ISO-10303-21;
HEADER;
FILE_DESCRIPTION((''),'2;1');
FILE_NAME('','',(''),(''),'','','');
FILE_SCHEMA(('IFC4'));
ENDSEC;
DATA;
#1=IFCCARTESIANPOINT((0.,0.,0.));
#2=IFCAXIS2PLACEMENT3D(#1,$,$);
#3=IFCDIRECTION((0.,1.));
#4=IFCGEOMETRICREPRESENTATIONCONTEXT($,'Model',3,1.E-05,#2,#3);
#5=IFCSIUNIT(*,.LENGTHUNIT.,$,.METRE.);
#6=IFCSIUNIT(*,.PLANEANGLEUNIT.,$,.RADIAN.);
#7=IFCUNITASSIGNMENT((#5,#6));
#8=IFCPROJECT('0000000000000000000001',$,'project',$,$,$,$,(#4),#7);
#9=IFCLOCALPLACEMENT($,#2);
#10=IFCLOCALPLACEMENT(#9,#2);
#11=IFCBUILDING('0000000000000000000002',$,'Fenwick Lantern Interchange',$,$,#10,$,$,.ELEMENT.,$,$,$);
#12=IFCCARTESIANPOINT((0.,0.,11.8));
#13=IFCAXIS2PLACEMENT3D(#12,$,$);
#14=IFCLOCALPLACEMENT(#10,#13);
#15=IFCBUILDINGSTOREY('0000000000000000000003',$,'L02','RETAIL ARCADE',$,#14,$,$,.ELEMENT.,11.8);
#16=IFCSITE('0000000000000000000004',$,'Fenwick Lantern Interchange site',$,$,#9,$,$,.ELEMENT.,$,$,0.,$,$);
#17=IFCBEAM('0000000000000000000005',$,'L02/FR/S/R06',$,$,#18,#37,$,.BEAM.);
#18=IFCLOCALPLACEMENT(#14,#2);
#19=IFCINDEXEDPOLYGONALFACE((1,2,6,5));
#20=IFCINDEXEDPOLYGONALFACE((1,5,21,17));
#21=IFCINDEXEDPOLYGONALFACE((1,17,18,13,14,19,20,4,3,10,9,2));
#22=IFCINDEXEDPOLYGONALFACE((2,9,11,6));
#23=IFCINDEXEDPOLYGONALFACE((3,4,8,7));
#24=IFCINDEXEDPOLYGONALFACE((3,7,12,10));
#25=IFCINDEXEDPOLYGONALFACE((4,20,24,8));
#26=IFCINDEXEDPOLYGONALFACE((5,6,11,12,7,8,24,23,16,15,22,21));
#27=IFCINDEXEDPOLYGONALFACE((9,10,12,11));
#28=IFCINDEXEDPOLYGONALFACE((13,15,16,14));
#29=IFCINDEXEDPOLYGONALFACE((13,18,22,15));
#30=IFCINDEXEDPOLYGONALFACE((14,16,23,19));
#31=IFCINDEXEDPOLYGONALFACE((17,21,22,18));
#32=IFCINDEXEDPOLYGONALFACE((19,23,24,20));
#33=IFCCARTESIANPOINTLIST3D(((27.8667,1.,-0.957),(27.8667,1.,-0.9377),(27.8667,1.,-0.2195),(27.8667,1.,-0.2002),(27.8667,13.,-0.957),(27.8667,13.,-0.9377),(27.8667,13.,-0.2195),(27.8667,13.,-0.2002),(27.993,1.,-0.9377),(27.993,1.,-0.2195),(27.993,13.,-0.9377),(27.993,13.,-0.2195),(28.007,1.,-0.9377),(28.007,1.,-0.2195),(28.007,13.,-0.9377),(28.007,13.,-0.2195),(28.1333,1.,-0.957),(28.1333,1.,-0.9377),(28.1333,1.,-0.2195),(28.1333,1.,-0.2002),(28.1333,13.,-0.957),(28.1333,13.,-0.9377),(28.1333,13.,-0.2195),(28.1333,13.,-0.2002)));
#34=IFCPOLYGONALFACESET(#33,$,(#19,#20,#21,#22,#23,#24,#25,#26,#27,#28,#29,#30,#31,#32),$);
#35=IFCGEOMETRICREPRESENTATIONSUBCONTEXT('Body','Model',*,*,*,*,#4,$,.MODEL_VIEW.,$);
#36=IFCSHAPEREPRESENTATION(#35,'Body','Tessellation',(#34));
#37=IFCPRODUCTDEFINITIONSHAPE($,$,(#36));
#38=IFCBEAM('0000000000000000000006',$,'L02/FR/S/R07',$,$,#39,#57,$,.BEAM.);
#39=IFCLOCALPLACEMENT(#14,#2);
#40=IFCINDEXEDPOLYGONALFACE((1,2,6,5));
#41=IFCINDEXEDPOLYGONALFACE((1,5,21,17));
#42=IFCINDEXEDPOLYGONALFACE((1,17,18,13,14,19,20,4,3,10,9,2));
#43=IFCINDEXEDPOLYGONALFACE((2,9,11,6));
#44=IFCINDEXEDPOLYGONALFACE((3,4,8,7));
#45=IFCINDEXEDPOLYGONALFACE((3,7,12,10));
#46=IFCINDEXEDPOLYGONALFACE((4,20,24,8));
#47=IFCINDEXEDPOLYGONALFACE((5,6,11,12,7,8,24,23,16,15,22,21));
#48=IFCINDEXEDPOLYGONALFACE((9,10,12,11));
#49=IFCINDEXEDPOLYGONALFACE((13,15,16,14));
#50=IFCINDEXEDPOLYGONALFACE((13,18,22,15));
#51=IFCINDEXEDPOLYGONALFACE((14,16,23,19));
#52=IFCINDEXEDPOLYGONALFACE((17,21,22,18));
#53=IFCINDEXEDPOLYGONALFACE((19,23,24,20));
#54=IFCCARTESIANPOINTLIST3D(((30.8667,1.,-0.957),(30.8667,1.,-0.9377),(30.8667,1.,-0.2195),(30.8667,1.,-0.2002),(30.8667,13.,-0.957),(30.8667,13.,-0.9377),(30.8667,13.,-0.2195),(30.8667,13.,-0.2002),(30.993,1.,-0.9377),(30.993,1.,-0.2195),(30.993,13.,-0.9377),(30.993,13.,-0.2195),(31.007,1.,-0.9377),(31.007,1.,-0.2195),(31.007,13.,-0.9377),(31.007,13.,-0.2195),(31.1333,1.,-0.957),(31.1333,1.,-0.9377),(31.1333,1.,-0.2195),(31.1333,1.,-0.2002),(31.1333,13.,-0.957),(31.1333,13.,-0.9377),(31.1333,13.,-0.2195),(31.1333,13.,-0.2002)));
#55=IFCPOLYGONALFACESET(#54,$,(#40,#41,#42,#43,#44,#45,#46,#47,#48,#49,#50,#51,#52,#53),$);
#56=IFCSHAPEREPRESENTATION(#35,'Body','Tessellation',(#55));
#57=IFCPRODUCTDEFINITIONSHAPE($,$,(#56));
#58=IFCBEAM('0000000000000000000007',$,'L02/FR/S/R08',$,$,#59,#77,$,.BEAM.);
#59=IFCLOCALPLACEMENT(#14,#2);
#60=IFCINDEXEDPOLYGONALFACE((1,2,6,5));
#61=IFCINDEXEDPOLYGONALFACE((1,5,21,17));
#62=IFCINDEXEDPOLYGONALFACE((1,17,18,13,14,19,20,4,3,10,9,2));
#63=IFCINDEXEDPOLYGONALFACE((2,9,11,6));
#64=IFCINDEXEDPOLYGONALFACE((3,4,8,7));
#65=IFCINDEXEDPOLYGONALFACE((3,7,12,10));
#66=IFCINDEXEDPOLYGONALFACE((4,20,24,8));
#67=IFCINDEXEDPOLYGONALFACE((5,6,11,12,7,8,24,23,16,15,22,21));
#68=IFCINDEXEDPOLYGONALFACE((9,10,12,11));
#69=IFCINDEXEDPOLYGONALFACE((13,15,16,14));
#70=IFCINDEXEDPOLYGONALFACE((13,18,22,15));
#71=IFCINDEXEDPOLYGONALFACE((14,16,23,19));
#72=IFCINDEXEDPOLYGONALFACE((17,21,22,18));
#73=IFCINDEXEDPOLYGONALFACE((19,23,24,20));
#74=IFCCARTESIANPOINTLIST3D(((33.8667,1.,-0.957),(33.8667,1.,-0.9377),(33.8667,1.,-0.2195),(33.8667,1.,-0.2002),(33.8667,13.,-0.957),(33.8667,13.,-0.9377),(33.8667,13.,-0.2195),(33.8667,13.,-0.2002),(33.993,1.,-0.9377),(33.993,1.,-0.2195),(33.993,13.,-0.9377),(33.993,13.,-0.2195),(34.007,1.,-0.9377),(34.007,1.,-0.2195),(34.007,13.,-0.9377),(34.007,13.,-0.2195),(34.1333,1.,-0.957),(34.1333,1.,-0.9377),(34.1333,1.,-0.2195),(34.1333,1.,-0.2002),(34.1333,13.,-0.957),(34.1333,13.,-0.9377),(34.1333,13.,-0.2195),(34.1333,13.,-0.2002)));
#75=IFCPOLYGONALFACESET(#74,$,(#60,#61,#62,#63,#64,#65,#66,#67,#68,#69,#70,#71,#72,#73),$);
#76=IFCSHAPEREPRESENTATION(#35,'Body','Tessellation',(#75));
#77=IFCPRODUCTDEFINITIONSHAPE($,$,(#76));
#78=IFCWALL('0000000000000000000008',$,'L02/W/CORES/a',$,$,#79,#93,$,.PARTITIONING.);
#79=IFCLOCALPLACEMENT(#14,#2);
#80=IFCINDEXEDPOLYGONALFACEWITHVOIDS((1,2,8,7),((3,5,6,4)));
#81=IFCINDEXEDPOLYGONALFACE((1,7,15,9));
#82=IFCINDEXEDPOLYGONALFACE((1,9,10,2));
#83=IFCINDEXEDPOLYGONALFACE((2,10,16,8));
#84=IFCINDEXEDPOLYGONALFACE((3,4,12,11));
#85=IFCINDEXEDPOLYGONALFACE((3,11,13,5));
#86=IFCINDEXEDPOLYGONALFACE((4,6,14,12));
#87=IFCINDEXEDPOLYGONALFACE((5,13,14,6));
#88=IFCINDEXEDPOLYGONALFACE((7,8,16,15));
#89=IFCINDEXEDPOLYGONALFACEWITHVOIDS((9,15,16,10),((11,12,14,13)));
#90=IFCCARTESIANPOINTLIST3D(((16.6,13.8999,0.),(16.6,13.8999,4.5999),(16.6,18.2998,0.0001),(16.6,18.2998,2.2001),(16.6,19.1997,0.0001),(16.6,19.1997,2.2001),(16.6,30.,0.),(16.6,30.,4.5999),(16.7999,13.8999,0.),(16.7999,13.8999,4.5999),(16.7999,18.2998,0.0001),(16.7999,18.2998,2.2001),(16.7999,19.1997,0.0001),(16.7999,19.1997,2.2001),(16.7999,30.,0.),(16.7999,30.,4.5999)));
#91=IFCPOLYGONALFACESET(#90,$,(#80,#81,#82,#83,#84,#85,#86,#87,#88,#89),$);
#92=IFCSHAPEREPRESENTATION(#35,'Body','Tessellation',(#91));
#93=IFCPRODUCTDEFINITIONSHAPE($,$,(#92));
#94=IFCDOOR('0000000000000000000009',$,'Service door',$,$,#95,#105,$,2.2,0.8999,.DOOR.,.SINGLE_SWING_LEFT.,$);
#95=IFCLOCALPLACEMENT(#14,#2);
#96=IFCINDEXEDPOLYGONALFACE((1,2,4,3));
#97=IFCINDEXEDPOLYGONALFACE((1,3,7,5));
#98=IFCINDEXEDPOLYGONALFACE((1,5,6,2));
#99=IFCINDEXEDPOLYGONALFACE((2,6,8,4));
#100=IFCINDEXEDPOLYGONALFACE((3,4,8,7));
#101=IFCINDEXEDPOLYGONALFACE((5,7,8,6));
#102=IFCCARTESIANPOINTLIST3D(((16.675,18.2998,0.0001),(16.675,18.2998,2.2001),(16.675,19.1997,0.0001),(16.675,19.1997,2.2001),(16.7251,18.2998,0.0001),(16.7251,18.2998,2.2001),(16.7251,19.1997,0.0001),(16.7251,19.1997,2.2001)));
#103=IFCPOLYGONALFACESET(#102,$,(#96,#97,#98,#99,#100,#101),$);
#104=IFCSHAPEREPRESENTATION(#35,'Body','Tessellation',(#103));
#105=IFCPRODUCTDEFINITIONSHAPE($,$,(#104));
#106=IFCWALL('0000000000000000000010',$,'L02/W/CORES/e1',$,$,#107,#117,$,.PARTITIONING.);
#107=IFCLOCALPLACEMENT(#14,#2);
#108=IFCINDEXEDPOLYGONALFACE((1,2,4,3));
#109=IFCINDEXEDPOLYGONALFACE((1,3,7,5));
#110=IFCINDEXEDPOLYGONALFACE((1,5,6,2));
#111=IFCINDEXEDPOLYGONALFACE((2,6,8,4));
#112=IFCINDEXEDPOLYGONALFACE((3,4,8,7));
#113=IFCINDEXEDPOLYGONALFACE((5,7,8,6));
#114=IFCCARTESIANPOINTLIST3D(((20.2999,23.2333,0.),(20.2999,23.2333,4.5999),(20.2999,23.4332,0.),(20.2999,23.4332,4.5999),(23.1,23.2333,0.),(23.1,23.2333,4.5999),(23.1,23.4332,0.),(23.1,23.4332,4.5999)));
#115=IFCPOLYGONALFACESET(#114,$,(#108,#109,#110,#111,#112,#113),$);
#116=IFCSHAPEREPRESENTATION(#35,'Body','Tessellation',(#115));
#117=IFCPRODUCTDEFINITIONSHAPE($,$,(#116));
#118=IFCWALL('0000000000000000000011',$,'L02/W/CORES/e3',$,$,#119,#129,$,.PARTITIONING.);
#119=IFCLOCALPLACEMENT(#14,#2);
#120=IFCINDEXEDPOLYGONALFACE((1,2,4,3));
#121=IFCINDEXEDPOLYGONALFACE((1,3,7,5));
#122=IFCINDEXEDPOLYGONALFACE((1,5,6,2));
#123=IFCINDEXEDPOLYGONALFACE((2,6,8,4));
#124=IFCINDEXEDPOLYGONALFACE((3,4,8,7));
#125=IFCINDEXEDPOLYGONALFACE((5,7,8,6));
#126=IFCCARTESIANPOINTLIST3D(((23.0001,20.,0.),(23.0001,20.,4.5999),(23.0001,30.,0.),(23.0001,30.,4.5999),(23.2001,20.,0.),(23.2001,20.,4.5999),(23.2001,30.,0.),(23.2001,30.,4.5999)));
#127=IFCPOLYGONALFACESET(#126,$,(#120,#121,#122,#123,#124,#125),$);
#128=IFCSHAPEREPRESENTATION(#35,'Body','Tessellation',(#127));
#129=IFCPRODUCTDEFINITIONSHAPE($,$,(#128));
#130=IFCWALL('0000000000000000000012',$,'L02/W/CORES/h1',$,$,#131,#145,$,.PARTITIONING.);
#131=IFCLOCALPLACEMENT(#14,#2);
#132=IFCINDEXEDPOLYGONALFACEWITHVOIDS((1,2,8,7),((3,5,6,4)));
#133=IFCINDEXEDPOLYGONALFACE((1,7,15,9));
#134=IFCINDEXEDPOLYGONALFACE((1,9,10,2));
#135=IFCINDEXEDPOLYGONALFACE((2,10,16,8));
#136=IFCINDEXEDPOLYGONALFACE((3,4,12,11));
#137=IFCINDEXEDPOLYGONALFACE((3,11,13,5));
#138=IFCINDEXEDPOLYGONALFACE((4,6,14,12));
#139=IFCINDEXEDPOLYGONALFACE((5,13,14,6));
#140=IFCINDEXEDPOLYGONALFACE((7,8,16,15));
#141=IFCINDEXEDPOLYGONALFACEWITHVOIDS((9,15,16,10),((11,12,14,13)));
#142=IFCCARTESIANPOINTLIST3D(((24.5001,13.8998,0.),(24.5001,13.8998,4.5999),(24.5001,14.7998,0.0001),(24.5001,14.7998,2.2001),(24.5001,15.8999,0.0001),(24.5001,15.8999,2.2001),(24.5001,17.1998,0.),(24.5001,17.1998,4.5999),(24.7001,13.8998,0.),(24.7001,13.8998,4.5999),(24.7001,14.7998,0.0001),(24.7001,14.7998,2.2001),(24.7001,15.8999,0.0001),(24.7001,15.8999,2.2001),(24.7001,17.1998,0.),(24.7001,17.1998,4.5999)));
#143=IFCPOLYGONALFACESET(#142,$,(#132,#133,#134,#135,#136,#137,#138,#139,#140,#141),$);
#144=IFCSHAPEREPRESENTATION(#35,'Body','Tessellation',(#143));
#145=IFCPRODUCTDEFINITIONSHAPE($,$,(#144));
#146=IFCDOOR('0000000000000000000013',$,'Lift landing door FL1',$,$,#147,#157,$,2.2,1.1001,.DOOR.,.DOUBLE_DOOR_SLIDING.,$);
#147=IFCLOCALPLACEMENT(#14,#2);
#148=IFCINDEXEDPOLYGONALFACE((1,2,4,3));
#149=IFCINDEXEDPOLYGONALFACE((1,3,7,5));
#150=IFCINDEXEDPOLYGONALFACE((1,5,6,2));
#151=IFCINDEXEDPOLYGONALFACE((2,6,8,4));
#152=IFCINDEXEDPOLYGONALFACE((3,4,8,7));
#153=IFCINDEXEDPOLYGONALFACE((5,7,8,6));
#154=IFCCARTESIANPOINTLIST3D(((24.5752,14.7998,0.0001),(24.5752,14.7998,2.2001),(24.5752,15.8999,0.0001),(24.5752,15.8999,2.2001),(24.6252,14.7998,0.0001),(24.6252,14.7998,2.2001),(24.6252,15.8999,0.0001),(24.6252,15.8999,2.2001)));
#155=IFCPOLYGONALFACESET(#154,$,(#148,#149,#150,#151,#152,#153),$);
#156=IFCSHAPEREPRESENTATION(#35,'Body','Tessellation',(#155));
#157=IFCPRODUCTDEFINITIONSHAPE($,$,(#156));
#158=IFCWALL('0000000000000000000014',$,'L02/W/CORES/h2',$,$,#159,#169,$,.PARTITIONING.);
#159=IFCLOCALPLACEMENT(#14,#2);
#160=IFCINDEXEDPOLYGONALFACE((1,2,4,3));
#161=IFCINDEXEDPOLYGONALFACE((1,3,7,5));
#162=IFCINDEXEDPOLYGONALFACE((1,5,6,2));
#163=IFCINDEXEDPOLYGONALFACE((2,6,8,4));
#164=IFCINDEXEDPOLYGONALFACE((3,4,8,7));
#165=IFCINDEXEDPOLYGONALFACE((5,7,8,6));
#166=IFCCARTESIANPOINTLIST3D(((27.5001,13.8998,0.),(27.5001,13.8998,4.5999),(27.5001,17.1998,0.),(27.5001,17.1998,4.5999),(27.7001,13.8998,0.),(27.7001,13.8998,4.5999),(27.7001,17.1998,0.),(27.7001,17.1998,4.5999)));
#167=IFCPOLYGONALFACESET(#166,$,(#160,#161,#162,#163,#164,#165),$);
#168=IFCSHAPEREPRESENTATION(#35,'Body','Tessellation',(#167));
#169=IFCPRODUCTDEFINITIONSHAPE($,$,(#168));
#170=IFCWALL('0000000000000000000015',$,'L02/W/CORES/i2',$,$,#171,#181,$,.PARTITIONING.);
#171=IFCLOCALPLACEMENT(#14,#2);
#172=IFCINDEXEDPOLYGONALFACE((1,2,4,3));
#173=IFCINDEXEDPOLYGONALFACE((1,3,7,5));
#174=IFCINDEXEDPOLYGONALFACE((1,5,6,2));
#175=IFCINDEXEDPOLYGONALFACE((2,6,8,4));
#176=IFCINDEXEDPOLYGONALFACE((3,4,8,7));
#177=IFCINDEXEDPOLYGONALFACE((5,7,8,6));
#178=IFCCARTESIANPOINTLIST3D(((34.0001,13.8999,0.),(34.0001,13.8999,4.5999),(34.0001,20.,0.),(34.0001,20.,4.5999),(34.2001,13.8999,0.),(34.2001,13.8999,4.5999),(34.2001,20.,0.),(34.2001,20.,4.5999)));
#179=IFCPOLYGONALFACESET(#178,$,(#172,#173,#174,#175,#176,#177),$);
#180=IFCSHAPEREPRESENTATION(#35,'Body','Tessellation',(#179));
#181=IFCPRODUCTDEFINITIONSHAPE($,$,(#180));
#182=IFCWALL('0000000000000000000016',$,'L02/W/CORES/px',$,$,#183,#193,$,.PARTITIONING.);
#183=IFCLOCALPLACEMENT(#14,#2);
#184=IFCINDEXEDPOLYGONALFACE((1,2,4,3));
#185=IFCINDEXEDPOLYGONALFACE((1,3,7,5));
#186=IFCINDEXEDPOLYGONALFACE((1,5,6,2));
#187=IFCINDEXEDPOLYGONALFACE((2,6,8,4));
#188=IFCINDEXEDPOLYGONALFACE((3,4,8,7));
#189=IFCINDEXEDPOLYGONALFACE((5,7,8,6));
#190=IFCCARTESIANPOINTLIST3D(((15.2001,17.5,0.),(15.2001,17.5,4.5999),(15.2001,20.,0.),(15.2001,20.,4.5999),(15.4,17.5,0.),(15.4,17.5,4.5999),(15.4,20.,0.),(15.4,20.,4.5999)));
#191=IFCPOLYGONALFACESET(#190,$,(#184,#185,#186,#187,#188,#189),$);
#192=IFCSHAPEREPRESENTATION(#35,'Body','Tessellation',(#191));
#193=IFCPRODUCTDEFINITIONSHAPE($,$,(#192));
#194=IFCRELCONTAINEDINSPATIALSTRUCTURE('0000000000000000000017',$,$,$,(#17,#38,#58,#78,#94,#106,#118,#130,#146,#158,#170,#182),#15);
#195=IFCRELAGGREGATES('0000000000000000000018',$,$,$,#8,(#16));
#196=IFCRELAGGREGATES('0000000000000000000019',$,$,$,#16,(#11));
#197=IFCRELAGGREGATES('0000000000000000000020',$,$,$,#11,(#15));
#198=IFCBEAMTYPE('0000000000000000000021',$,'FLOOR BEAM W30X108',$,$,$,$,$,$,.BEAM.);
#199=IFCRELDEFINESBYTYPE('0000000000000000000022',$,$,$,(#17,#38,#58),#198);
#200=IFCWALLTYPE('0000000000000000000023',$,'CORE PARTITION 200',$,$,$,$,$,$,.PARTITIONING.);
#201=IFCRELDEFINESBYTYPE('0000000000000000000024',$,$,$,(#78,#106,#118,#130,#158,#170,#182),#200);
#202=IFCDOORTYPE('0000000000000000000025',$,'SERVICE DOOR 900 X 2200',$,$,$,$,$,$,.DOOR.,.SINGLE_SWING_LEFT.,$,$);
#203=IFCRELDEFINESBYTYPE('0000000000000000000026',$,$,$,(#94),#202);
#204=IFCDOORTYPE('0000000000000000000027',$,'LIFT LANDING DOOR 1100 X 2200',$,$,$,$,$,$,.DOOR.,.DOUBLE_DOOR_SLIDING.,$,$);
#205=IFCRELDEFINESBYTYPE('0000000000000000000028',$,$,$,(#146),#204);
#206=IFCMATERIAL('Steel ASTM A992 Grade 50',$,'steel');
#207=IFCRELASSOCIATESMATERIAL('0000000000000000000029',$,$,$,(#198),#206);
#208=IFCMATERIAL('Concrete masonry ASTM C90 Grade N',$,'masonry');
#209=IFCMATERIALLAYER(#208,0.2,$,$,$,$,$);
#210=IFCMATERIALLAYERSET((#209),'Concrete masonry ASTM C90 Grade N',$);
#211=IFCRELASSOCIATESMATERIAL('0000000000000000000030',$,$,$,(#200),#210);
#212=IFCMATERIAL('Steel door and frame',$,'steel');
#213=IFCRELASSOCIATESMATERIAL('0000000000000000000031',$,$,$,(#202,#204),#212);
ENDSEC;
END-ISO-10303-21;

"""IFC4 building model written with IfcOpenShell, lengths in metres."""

from ifc_helpers import new_model, si_unit, direction, frame, frame_2d, origin, origin_2d, place, context, subcontext, project, spatial, rectangle, i_section, extrude, material, layer, layer_set, material_profile, profile_set, type_object, element, fill, save


model = new_model("IFC4")

# Units and contexts
model_context = context("Model", 3, precision=1e-05, world=origin(), true_north=direction((0.0, 1.0)))
body_context = subcontext(model_context, "Body", "Model", "MODEL_VIEW")
ifc_project = project(units=[si_unit("LENGTHUNIT", "METRE"), si_unit("PLANEANGLEUNIT", "RADIAN")], contexts=[model_context])

# Site, building, storey
site_placement = place(None, origin())
site = spatial("IfcSite", under=ifc_project, at=site_placement, Name="Fenwick Lantern Interchange site", CompositionType="ELEMENT", RefElevation=0.0)
building_placement = place(site_placement, origin())
building = spatial("IfcBuilding", under=site, at=building_placement, Name="Fenwick Lantern Interchange", CompositionType="ELEMENT")
storey_placement = place(building_placement, frame((0.0, 0.0, 11.8)))
storey = spatial("IfcBuildingStorey", under=building, at=storey_placement, Name="L02", Description="RETAIL ARCADE", CompositionType="ELEMENT", Elevation=11.8)

# Beams
ifc_material_1 = material(Name="Steel ASTM A992 Grade 50", Category="steel")
ifc_material_profile = material_profile(ifc_material_1, i_section(OverallWidth=0.2666, OverallDepth=0.7568, WebThickness=0.0139, FlangeThickness=0.0193, at=origin_2d()), Name="W30X108")
ifc_profile_set = profile_set([ifc_material_profile], Name="Steel ASTM A992 Grade 50")
beam_type = type_object("IfcBeamType", Name="FLOOR BEAM W30X108", PredefinedType="BEAM", material=ifc_profile_set)
for number, where, z_axis, x_axis, name in (
    (1, (28.0, 1.0, -0.5786), (0.0, 1.0, 0.0), (-1.0, 0.0, 0.0), "L02/FR/S/R06"),
    (2, (31.0, 1.0, -0.5786), (0.0, 1.0, 0.0), (-1.0, 0.0, 0.0), "L02/FR/S/R07"),
    (3, (34.0, 1.0, -0.5786), (0.0, 1.0, 0.0), (-1.0, 0.0, 0.0), "L02/FR/S/R08"),
):
    element("IfcBeam", number, at=place(storey_placement, frame(where, z_axis=z_axis, x_axis=x_axis)), inside=storey, type_object=beam_type, Name=name, PredefinedType="BEAM", context=body_context, shape_type="SweptSolid", body=[
        extrude(i_section(OverallWidth=0.2666, OverallDepth=0.7568, WebThickness=0.0139, FlangeThickness=0.0193, at=origin_2d()), origin(), (0.0, 0.0, 1.0), 12.0),
    ])

# Wall, opening, door
ifc_material_2 = material(Name="Concrete masonry ASTM C90 Grade N", Category="masonry")
ifc_layer_1 = layer(ifc_material_2, 0.2)
ifc_layer_set_1 = layer_set([ifc_layer_1], Name="Concrete masonry ASTM C90 Grade N")
wall_type_1 = type_object("IfcWallType", Name="CORE PARTITION 200", PredefinedType="PARTITIONING", material=ifc_layer_set_1)
wall_1_placement = place(storey_placement, frame((16.7, 13.8999, 0.0), z_axis=(0.0, 0.0, 1.0), x_axis=(0.0, 1.0, 0.0)))
wall_1 = element("IfcWall", 4, at=wall_1_placement, inside=storey, type_object=wall_type_1, Name="L02/W/CORES/a", PredefinedType="PARTITIONING", context=body_context, shape_type="SweptSolid", body=[
    extrude(rectangle(XDim=16.1001, YDim=0.2, at=frame_2d((8.05, 0.0))), origin(), (0.0, 0.0, 1.0), 4.5999),
])
opening_1_placement = place(wall_1_placement, frame((4.3999, 0.0, 0.0)))
opening_1 = element("IfcOpeningElement", 5, at=opening_1_placement, cuts=wall_1, PredefinedType="OPENING", context=body_context, shape_type="SweptSolid", body=[
    extrude(rectangle(XDim=0.8999, YDim=2.2, at=frame_2d((0.45, 1.1001))), frame((0.0, 0.1099, 0.0), z_axis=(0.0, -1.0, 0.0), x_axis=(1.0, 0.0, 0.0)), (0.0, 0.0, 1.0), 0.22),
])
ifc_material_3 = material(Name="Steel door and frame", Category="steel")
door_type_1 = type_object("IfcDoorType", Name="SERVICE DOOR 900 X 2200", OperationType="SINGLE_SWING_LEFT", PredefinedType="DOOR", material=ifc_material_3)
door_1_placement = place(opening_1_placement, origin())
door_1 = element("IfcDoor", 6, at=door_1_placement, inside=storey, type_object=door_type_1, Name="Service door", OperationType="SINGLE_SWING_LEFT", OverallHeight=2.2, OverallWidth=0.8999, PredefinedType="DOOR", context=body_context, shape_type="SweptSolid", body=[
    extrude(rectangle(XDim=0.8999, YDim=2.2, at=frame_2d((0.45, 1.1001))), frame((0.0, 0.0249, 0.0), z_axis=(0.0, -1.0, 0.0), x_axis=(1.0, 0.0, 0.0)), (0.0, 0.0, 1.0), 0.05),
])
fill(opening_1, door_1)

# Walls
wall_2_placement = place(storey_placement, frame((20.3, 23.3333, 0.0), z_axis=(0.0, 0.0, 1.0), x_axis=(1.0, 0.0, 0.0)))
element("IfcWall", 7, at=wall_2_placement, inside=storey, type_object=wall_type_1, Name="L02/W/CORES/e1", PredefinedType="PARTITIONING", context=body_context, shape_type="SweptSolid", body=[
    extrude(rectangle(XDim=2.8, YDim=0.2, at=frame_2d((1.3999, 0.0))), origin(), (0.0, 0.0, 1.0), 4.5999),
])
wall_3_placement = place(storey_placement, frame((23.1001, 20.0, 0.0), z_axis=(0.0, 0.0, 1.0), x_axis=(0.0, 1.0, 0.0)))
element("IfcWall", 8, at=wall_3_placement, inside=storey, type_object=wall_type_1, Name="L02/W/CORES/e3", PredefinedType="PARTITIONING", context=body_context, shape_type="SweptSolid", body=[
    extrude(rectangle(XDim=10.0, YDim=0.2, at=frame_2d((5.0, 0.0))), origin(), (0.0, 0.0, 1.0), 4.5999),
])

# Wall, opening, door
wall_4_placement = place(storey_placement, frame((24.6001, 13.8999, 0.0), z_axis=(0.0, 0.0, 1.0), x_axis=(0.0, 1.0, 0.0)))
wall_4 = element("IfcWall", 9, at=wall_4_placement, inside=storey, type_object=wall_type_1, Name="L02/W/CORES/h1", PredefinedType="PARTITIONING", context=body_context, shape_type="SweptSolid", body=[
    extrude(rectangle(XDim=3.3, YDim=0.2, at=frame_2d((1.6499, 0.0))), origin(), (0.0, 0.0, 1.0), 4.5999),
])
opening_2_placement = place(wall_4_placement, frame((0.8999, 0.0, 0.0)))
opening_2 = element("IfcOpeningElement", 10, at=opening_2_placement, cuts=wall_4, PredefinedType="OPENING", context=body_context, shape_type="SweptSolid", body=[
    extrude(rectangle(XDim=1.1001, YDim=2.2, at=frame_2d((0.55, 1.1001))), frame((0.0, 0.1099, 0.0), z_axis=(0.0, -1.0, 0.0), x_axis=(1.0, 0.0, 0.0)), (0.0, 0.0, 1.0), 0.22),
])
door_type_2 = type_object("IfcDoorType", Name="LIFT LANDING DOOR 1100 X 2200", OperationType="DOUBLE_DOOR_SLIDING", PredefinedType="DOOR", material=ifc_material_3)
door_2_placement = place(opening_2_placement, origin())
door_2 = element("IfcDoor", 11, at=door_2_placement, inside=storey, type_object=door_type_2, Name="Lift landing door FL1", OperationType="DOUBLE_DOOR_SLIDING", OverallHeight=2.2, OverallWidth=1.1001, PredefinedType="DOOR", context=body_context, shape_type="SweptSolid", body=[
    extrude(rectangle(XDim=1.1001, YDim=2.2, at=frame_2d((0.55, 1.1001))), frame((0.0, 0.0249, 0.0), z_axis=(0.0, -1.0, 0.0), x_axis=(1.0, 0.0, 0.0)), (0.0, 0.0, 1.0), 0.05),
])
fill(opening_2, door_2)

# Walls
wall_5_placement = place(storey_placement, frame((27.6001, 13.8999, 0.0), z_axis=(0.0, 0.0, 1.0), x_axis=(0.0, 1.0, 0.0)))
element("IfcWall", 12, at=wall_5_placement, inside=storey, type_object=wall_type_1, Name="L02/W/CORES/h2", PredefinedType="PARTITIONING", context=body_context, shape_type="SweptSolid", body=[
    extrude(rectangle(XDim=3.3, YDim=0.2, at=frame_2d((1.6499, 0.0))), origin(), (0.0, 0.0, 1.0), 4.5999),
])
wall_6_placement = place(storey_placement, frame((34.1001, 13.8999, 0.0), z_axis=(0.0, 0.0, 1.0), x_axis=(0.0, 1.0, 0.0)))
element("IfcWall", 13, at=wall_6_placement, inside=storey, type_object=wall_type_1, Name="L02/W/CORES/i2", PredefinedType="PARTITIONING", context=body_context, shape_type="SweptSolid", body=[
    extrude(rectangle(XDim=6.1001, YDim=0.2, at=frame_2d((3.05, 0.0))), origin(), (0.0, 0.0, 1.0), 4.5999),
])
wall_7_placement = place(storey_placement, frame((15.3, 17.5, 0.0), z_axis=(0.0, 0.0, 1.0), x_axis=(0.0, 1.0, 0.0)))
element("IfcWall", 14, at=wall_7_placement, inside=storey, type_object=wall_type_1, Name="L02/W/CORES/px", PredefinedType="PARTITIONING", context=body_context, shape_type="SweptSolid", body=[
    extrude(rectangle(XDim=2.5, YDim=0.2, at=frame_2d((1.25, 0.0))), origin(), (0.0, 0.0, 1.0), 4.5999),
])

save(model, "model.ifc")
